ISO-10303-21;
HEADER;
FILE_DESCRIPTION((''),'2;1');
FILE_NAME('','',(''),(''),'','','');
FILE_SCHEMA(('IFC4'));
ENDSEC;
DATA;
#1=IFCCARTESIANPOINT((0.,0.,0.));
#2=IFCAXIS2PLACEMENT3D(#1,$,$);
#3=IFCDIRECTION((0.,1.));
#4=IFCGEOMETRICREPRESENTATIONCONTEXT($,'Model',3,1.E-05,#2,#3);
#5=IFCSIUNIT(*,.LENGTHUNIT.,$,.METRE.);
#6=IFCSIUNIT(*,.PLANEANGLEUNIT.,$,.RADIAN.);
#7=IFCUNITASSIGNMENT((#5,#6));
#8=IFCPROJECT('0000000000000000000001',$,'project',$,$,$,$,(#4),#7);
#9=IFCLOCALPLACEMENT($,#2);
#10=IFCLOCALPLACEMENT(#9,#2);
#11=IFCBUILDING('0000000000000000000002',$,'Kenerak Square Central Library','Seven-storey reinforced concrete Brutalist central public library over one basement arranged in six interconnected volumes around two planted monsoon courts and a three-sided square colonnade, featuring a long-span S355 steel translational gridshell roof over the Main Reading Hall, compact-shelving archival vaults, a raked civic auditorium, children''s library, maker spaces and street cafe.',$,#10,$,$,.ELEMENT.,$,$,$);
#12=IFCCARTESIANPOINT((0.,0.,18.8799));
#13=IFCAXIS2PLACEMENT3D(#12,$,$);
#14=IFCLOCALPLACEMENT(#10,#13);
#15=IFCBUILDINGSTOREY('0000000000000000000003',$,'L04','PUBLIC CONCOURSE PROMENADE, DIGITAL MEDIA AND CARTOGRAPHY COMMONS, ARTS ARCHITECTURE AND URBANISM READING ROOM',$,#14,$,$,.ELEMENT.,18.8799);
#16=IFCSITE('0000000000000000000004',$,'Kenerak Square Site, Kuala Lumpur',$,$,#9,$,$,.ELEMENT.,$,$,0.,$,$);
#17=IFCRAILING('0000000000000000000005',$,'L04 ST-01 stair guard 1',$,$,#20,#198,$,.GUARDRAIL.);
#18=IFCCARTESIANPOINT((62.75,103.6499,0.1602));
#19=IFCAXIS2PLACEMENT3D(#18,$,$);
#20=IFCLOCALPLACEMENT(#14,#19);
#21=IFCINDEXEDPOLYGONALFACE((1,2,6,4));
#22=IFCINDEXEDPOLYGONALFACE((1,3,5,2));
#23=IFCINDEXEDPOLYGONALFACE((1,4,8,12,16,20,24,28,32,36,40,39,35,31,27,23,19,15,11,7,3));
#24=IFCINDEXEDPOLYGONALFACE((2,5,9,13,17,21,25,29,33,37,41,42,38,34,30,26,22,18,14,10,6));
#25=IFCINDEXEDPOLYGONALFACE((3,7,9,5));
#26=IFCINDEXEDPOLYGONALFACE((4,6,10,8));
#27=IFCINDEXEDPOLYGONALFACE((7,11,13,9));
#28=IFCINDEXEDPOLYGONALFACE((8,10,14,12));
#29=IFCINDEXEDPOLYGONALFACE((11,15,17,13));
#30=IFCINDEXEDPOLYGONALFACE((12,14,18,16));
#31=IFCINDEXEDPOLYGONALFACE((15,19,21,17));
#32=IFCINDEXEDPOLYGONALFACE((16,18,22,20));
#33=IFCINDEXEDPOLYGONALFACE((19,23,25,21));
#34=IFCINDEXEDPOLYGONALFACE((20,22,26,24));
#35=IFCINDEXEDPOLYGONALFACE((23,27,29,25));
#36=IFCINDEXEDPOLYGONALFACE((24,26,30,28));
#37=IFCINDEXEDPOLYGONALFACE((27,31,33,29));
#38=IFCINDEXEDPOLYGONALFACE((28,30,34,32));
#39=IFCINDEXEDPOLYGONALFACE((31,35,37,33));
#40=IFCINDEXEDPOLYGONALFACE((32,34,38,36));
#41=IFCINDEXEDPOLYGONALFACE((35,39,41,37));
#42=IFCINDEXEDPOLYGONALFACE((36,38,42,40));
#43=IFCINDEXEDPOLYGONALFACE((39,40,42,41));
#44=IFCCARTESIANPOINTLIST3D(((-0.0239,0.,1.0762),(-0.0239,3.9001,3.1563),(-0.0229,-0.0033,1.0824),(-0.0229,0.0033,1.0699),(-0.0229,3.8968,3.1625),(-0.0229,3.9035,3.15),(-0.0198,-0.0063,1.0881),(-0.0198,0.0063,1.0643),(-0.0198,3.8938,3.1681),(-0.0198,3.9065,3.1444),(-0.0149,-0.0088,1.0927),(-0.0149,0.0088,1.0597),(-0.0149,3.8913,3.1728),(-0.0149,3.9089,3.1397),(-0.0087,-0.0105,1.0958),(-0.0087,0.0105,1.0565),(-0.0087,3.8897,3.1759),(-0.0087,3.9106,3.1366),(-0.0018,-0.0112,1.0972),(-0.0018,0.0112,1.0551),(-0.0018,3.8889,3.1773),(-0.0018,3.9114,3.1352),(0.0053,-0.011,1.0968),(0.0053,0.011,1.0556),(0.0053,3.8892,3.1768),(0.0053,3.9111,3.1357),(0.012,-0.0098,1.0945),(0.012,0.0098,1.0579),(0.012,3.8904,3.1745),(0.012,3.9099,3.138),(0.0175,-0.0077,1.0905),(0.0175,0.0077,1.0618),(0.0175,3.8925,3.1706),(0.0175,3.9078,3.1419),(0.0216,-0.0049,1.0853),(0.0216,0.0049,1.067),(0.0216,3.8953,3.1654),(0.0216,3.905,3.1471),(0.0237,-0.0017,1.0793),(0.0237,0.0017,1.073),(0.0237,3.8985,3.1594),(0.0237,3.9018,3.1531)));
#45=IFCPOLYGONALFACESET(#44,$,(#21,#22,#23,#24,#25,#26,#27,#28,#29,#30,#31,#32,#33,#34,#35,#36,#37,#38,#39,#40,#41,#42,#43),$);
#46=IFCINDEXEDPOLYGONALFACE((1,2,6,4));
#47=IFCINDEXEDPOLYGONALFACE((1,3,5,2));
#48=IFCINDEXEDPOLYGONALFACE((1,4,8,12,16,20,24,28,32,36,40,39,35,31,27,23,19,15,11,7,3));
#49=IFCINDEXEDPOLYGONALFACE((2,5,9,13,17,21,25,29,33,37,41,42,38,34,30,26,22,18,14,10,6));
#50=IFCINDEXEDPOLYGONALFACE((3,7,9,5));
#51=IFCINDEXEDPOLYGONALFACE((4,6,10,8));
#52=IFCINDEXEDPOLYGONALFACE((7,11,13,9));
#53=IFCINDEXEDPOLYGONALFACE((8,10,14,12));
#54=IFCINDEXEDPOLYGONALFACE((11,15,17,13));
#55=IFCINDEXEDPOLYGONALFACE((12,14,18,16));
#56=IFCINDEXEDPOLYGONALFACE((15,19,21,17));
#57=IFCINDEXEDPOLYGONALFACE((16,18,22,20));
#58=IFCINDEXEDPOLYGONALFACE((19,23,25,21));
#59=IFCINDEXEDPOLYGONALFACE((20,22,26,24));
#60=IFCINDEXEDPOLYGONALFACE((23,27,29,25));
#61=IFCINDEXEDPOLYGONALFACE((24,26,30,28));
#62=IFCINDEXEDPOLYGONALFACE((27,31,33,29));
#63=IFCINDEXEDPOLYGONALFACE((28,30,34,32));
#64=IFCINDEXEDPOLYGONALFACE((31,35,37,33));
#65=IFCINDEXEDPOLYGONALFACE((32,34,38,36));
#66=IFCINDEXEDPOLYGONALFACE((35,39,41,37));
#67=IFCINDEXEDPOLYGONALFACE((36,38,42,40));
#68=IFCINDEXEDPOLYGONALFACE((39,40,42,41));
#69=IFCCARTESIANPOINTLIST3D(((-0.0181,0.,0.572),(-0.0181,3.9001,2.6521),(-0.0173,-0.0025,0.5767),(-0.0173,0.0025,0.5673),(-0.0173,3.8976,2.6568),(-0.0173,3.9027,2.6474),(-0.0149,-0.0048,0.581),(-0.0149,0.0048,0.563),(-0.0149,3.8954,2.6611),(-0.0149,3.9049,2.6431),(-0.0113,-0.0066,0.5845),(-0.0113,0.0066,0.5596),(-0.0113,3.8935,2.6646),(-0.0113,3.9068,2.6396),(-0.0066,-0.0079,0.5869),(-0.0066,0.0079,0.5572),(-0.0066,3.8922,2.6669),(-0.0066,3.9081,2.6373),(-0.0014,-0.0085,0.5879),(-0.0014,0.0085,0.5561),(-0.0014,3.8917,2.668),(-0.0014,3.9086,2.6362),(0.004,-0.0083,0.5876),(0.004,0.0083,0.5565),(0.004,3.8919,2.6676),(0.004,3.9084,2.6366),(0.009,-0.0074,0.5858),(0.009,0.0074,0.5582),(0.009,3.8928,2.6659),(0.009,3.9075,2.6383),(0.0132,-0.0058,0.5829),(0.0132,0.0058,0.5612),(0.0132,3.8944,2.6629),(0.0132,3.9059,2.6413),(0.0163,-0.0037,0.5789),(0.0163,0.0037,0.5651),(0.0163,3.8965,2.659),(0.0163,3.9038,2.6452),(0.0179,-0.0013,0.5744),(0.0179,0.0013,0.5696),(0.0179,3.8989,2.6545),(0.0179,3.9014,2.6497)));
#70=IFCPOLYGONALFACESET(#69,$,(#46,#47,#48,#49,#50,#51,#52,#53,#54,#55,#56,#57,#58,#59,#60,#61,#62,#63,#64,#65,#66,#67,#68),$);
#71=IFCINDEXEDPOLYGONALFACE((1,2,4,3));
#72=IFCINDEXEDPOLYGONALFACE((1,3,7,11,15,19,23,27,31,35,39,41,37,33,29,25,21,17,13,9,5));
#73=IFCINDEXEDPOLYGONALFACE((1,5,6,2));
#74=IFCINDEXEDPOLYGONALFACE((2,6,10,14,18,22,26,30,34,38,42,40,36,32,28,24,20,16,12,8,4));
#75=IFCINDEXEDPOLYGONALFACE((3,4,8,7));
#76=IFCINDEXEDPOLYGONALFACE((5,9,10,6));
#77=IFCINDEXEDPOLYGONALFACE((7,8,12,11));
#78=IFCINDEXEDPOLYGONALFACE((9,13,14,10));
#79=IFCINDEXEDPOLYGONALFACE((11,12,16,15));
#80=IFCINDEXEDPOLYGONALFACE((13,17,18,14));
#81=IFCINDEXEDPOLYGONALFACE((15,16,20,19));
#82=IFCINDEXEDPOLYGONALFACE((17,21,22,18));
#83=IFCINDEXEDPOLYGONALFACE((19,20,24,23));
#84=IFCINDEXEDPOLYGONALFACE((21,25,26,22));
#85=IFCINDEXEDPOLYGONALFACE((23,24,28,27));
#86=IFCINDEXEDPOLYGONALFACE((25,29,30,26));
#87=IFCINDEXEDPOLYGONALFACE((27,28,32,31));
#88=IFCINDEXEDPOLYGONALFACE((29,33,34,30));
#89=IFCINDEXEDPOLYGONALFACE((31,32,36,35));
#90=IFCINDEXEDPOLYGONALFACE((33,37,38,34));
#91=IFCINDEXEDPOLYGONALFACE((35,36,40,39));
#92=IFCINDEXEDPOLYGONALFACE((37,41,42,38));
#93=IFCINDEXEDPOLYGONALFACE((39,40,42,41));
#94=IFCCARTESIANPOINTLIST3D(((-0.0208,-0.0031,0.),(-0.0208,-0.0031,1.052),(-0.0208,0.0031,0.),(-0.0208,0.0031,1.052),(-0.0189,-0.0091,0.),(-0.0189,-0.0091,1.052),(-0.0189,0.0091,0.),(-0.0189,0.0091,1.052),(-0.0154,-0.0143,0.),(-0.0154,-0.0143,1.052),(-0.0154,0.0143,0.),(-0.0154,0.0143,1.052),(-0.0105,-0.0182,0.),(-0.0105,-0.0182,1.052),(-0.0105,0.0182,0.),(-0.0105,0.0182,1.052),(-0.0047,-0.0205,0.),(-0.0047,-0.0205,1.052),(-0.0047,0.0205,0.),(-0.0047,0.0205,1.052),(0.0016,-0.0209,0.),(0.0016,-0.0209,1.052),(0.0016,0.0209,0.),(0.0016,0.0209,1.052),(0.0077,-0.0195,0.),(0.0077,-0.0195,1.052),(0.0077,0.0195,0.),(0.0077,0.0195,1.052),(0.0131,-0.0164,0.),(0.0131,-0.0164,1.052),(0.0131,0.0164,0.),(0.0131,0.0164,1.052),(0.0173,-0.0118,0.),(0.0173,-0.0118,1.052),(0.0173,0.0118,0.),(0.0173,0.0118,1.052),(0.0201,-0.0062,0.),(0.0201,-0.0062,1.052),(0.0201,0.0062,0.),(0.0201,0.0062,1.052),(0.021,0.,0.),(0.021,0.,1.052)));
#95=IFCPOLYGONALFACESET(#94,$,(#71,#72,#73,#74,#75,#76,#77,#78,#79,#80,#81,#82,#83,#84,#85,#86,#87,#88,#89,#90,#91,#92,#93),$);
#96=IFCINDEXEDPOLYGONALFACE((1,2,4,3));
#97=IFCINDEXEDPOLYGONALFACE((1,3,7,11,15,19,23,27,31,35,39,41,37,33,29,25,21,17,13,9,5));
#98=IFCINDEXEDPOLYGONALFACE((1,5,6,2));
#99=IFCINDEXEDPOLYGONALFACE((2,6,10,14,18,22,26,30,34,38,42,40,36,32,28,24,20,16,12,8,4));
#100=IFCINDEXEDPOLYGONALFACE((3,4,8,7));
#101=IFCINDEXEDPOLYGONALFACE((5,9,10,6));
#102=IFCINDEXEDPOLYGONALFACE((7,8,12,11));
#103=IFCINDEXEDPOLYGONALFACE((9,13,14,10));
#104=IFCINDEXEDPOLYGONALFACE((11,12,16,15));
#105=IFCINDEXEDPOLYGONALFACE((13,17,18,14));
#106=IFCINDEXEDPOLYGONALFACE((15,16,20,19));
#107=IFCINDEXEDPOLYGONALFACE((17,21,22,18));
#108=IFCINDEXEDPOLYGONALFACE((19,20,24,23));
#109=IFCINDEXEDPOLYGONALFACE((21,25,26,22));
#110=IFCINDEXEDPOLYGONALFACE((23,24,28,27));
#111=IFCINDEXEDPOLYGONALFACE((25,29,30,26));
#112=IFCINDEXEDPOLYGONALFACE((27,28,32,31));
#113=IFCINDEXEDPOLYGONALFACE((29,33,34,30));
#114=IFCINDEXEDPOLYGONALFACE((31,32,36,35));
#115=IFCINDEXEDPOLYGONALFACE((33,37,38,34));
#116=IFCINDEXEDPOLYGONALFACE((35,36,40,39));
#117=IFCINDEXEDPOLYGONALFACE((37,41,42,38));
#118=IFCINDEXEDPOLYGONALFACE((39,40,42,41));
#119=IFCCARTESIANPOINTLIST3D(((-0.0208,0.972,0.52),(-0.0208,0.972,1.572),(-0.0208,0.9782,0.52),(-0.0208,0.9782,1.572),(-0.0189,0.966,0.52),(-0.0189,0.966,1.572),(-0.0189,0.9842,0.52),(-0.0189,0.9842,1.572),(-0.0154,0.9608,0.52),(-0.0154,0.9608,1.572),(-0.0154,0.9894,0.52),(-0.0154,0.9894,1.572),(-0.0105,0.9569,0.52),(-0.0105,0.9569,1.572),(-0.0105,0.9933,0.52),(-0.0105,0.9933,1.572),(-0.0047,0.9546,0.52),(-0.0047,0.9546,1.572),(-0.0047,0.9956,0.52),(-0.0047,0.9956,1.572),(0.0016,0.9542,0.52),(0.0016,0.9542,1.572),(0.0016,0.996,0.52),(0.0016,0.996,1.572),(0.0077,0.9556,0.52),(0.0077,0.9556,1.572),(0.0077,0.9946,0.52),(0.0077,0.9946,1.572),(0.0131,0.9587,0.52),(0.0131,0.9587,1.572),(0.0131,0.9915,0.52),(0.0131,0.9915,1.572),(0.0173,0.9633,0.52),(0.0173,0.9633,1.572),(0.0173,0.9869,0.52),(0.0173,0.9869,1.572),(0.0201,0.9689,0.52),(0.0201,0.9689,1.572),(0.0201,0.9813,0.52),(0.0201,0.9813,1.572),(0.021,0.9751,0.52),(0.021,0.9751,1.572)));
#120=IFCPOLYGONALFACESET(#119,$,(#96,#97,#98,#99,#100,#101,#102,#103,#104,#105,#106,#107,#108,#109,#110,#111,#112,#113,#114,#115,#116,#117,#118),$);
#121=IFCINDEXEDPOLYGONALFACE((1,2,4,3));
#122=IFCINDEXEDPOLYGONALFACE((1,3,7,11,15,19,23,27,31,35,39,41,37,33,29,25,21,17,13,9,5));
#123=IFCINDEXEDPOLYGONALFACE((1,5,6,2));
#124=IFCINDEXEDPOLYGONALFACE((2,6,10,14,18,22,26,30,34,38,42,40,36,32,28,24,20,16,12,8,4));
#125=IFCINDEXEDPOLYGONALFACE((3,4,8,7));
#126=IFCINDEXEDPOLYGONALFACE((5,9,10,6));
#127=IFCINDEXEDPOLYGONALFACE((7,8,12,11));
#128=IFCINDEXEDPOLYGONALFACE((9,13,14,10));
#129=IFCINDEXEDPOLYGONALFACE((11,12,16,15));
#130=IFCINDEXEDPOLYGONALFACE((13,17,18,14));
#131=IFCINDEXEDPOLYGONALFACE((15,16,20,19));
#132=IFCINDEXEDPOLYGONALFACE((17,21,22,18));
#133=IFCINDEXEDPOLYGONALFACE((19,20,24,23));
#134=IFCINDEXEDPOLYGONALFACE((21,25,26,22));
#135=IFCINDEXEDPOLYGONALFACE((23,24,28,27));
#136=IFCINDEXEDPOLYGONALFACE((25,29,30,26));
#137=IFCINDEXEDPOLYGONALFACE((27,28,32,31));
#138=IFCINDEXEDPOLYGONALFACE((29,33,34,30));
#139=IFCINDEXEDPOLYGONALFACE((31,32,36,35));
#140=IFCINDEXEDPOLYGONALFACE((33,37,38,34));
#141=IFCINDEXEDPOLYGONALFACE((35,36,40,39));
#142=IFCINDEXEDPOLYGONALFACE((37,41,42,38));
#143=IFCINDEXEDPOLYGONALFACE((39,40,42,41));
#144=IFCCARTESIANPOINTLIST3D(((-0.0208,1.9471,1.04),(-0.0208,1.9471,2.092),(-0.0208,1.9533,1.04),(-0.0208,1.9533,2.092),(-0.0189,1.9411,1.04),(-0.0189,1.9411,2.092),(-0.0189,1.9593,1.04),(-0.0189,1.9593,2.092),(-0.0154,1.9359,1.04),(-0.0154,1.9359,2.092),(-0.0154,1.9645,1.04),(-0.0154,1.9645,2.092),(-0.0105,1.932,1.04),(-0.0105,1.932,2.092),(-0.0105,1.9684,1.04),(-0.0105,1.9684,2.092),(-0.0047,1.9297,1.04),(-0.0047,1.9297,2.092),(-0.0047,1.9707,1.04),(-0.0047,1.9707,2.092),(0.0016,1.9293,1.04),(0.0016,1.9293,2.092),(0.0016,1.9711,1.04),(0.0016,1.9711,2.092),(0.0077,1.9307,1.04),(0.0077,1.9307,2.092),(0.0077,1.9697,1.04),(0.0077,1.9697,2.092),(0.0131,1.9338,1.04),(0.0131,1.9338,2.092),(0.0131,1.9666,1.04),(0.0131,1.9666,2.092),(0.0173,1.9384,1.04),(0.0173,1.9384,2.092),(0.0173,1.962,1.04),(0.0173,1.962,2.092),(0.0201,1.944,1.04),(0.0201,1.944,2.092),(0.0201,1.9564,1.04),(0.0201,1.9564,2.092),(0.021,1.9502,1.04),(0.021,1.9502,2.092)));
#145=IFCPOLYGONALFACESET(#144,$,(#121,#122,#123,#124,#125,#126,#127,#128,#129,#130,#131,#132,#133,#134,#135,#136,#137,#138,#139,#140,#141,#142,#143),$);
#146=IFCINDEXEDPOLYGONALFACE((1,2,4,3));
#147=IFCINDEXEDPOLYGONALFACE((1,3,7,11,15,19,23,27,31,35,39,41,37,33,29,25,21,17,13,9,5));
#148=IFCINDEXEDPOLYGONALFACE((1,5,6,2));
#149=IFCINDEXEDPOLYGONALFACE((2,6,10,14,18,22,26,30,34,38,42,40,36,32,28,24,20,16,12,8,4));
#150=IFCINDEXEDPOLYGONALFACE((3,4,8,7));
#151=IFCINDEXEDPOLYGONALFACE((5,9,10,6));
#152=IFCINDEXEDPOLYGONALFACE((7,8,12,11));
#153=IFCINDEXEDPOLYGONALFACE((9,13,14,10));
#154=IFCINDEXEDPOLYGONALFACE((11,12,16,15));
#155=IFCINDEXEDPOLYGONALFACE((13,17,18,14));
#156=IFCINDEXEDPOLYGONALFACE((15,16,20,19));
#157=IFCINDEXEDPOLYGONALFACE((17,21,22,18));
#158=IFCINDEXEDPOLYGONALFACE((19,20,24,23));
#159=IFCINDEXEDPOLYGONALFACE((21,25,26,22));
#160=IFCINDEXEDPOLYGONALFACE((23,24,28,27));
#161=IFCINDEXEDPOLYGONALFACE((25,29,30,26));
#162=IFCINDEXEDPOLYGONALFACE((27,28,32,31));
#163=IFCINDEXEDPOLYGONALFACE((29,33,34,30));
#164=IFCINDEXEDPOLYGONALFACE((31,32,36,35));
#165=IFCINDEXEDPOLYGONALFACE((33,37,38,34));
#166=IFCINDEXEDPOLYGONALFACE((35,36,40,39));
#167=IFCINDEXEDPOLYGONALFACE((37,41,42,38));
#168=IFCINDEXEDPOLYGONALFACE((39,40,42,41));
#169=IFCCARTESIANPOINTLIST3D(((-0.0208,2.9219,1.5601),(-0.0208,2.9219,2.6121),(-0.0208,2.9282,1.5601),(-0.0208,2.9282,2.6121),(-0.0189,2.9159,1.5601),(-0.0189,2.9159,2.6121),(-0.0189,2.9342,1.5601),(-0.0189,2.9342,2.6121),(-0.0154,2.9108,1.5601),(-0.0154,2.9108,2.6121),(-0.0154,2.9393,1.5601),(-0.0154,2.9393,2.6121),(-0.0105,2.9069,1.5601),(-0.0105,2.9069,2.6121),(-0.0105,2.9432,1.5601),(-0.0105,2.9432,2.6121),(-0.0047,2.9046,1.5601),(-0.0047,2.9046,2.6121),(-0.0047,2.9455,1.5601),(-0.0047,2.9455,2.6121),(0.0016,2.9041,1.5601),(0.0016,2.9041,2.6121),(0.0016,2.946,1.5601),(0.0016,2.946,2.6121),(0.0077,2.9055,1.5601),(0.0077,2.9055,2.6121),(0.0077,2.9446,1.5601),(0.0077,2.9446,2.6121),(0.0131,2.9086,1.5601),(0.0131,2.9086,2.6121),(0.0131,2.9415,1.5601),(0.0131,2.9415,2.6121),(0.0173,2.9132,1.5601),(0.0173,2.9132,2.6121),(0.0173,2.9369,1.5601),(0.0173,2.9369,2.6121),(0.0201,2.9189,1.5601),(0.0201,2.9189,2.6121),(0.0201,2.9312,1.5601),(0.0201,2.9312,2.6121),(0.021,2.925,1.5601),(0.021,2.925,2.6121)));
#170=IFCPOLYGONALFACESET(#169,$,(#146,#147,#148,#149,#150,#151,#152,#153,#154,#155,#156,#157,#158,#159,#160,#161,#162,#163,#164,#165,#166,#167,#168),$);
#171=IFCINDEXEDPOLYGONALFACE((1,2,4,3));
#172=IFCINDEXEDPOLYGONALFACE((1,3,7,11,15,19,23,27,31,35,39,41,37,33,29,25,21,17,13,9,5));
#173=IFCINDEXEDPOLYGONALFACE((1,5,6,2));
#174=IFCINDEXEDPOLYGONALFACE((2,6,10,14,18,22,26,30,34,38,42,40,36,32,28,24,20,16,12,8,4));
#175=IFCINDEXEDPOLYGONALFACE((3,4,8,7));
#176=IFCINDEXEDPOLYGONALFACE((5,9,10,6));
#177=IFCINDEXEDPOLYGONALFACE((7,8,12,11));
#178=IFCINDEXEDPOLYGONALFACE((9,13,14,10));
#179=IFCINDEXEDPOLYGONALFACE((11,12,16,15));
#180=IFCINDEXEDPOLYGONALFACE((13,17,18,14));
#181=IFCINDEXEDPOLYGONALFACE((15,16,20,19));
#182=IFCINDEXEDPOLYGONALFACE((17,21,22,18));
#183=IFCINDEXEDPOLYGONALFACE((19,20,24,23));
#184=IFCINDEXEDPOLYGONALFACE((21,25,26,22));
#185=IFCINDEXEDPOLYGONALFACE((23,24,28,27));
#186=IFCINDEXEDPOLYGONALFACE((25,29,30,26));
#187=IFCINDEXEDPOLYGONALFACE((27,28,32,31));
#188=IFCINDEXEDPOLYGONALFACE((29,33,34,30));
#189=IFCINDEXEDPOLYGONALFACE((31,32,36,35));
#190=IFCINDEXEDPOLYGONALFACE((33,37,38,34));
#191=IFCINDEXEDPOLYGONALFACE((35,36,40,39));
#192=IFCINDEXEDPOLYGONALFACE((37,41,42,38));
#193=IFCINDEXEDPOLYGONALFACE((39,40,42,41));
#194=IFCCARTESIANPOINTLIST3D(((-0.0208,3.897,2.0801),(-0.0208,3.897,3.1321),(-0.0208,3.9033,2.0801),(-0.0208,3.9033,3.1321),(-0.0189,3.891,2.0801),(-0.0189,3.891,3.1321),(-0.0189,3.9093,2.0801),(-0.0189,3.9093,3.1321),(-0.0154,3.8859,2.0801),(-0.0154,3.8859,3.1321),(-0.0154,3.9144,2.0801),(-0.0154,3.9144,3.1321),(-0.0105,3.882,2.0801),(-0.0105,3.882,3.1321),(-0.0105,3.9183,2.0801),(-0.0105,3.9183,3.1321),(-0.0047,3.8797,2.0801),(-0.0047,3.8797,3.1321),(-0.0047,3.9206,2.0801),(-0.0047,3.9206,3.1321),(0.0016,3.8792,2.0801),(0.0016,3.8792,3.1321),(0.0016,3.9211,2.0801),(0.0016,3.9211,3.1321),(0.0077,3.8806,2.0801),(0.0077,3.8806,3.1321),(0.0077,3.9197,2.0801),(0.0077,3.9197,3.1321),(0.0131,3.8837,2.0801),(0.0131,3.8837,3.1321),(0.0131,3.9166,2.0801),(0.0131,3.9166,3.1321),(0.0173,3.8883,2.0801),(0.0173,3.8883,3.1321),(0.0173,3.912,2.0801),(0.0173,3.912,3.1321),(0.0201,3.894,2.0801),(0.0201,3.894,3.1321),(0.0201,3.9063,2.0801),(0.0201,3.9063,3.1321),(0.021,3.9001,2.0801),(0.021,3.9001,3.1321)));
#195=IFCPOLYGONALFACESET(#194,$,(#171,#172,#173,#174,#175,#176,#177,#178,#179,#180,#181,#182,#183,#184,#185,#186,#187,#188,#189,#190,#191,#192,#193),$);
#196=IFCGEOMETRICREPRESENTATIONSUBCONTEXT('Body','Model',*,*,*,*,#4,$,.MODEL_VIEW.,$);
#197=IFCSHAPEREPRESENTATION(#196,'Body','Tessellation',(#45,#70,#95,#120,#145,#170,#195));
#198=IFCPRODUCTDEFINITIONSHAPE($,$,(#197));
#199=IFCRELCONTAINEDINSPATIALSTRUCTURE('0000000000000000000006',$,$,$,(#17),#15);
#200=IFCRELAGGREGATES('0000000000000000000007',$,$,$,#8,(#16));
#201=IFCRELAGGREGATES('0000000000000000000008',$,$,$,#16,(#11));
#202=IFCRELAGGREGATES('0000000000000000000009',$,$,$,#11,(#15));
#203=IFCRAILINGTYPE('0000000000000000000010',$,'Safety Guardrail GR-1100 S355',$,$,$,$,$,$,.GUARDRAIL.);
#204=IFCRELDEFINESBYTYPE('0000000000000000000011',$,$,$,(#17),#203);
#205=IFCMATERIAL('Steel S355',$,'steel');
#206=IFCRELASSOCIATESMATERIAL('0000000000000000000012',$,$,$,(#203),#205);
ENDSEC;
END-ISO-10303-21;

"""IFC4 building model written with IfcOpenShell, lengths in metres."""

from ifc_helpers import new_model, si_unit, direction, frame, origin, origin_2d, place, context, subcontext, project, spatial, circle, extrude, material, type_object, element, save


model = new_model("IFC4")

# Units and contexts
model_context = context("Model", 3, precision=1e-05, world=origin(), true_north=direction((0.0, 1.0)))
body_context = subcontext(model_context, "Body", "Model", "MODEL_VIEW")
ifc_project = project(units=[si_unit("LENGTHUNIT", "METRE"), si_unit("PLANEANGLEUNIT", "RADIAN")], contexts=[model_context])

# Site, building, storey
site_placement = place(None, origin())
site = spatial("IfcSite", under=ifc_project, at=site_placement, Name="Kenerak Square Site, Kuala Lumpur", CompositionType="ELEMENT", RefElevation=0.0)
building_placement = place(site_placement, origin())
building = spatial("IfcBuilding", under=site, at=building_placement, Name="Kenerak Square Central Library", Description="Seven-storey reinforced concrete Brutalist central public library over one basement arranged in six interconnected volumes around two planted monsoon courts and a three-sided square colonnade, featuring a long-span S355 steel translational gridshell roof over the Main Reading Hall, compact-shelving archival vaults, a raked civic auditorium, children's library, maker spaces and street cafe.", CompositionType="ELEMENT")
storey_placement = place(building_placement, frame((0.0, 0.0, 18.8799)))
storey = spatial("IfcBuildingStorey", under=building, at=storey_placement, Name="L04", Description="PUBLIC CONCOURSE PROMENADE, DIGITAL MEDIA AND CARTOGRAPHY COMMONS, ARTS ARCHITECTURE AND URBANISM READING ROOM", CompositionType="ELEMENT", Elevation=18.8799)

# Shared definitions
ifc_material_1 = material(Name="Steel S355", Category="steel")

# Railing
railing_type = type_object("IfcRailingType", Name="Safety Guardrail GR-1100 S355", PredefinedType="GUARDRAIL", material=ifc_material_1)
railing_1_placement = place(storey_placement, frame((62.75, 103.6499, 0.1602)))
element("IfcRailing", 1, at=railing_1_placement, inside=storey, type_object=railing_type, Name="L04 ST-01 stair guard 1", PredefinedType="GUARDRAIL", context=body_context, shape_type="SweptSolid", body=[
    extrude(circle(Radius=0.0239, at=origin_2d()), frame((0.0, 0.0, 1.0762), z_axis=(0.0, 0.882353, 0.470588), x_axis=(-1.0, 0.0, 0.0)), (0.0, 0.0, 1.0), 4.4202),
    extrude(circle(Radius=0.0181, at=origin_2d()), frame((0.0, 0.0, 0.572), z_axis=(0.0, 0.882353, 0.470588), x_axis=(-1.0, 0.0, 0.0)), (0.0, 0.0, 1.0), 4.4202),
    extrude(circle(Radius=0.021, at=origin_2d()), origin(), (0.0, 0.0, 1.0), 1.052),
    extrude(circle(Radius=0.021, at=origin_2d()), frame((0.0, 0.9751, 0.52)), (0.0, 0.0, 1.0), 1.052),
    extrude(circle(Radius=0.021, at=origin_2d()), frame((0.0, 1.9502, 1.04)), (0.0, 0.0, 1.0), 1.052),
    extrude(circle(Radius=0.021, at=origin_2d()), frame((0.0, 2.925, 1.5601)), (0.0, 0.0, 1.0), 1.052),
    extrude(circle(Radius=0.021, at=origin_2d()), frame((0.0, 3.9001, 2.0801)), (0.0, 0.0, 1.0), 1.052),
])

save(model, "model.ifc")
